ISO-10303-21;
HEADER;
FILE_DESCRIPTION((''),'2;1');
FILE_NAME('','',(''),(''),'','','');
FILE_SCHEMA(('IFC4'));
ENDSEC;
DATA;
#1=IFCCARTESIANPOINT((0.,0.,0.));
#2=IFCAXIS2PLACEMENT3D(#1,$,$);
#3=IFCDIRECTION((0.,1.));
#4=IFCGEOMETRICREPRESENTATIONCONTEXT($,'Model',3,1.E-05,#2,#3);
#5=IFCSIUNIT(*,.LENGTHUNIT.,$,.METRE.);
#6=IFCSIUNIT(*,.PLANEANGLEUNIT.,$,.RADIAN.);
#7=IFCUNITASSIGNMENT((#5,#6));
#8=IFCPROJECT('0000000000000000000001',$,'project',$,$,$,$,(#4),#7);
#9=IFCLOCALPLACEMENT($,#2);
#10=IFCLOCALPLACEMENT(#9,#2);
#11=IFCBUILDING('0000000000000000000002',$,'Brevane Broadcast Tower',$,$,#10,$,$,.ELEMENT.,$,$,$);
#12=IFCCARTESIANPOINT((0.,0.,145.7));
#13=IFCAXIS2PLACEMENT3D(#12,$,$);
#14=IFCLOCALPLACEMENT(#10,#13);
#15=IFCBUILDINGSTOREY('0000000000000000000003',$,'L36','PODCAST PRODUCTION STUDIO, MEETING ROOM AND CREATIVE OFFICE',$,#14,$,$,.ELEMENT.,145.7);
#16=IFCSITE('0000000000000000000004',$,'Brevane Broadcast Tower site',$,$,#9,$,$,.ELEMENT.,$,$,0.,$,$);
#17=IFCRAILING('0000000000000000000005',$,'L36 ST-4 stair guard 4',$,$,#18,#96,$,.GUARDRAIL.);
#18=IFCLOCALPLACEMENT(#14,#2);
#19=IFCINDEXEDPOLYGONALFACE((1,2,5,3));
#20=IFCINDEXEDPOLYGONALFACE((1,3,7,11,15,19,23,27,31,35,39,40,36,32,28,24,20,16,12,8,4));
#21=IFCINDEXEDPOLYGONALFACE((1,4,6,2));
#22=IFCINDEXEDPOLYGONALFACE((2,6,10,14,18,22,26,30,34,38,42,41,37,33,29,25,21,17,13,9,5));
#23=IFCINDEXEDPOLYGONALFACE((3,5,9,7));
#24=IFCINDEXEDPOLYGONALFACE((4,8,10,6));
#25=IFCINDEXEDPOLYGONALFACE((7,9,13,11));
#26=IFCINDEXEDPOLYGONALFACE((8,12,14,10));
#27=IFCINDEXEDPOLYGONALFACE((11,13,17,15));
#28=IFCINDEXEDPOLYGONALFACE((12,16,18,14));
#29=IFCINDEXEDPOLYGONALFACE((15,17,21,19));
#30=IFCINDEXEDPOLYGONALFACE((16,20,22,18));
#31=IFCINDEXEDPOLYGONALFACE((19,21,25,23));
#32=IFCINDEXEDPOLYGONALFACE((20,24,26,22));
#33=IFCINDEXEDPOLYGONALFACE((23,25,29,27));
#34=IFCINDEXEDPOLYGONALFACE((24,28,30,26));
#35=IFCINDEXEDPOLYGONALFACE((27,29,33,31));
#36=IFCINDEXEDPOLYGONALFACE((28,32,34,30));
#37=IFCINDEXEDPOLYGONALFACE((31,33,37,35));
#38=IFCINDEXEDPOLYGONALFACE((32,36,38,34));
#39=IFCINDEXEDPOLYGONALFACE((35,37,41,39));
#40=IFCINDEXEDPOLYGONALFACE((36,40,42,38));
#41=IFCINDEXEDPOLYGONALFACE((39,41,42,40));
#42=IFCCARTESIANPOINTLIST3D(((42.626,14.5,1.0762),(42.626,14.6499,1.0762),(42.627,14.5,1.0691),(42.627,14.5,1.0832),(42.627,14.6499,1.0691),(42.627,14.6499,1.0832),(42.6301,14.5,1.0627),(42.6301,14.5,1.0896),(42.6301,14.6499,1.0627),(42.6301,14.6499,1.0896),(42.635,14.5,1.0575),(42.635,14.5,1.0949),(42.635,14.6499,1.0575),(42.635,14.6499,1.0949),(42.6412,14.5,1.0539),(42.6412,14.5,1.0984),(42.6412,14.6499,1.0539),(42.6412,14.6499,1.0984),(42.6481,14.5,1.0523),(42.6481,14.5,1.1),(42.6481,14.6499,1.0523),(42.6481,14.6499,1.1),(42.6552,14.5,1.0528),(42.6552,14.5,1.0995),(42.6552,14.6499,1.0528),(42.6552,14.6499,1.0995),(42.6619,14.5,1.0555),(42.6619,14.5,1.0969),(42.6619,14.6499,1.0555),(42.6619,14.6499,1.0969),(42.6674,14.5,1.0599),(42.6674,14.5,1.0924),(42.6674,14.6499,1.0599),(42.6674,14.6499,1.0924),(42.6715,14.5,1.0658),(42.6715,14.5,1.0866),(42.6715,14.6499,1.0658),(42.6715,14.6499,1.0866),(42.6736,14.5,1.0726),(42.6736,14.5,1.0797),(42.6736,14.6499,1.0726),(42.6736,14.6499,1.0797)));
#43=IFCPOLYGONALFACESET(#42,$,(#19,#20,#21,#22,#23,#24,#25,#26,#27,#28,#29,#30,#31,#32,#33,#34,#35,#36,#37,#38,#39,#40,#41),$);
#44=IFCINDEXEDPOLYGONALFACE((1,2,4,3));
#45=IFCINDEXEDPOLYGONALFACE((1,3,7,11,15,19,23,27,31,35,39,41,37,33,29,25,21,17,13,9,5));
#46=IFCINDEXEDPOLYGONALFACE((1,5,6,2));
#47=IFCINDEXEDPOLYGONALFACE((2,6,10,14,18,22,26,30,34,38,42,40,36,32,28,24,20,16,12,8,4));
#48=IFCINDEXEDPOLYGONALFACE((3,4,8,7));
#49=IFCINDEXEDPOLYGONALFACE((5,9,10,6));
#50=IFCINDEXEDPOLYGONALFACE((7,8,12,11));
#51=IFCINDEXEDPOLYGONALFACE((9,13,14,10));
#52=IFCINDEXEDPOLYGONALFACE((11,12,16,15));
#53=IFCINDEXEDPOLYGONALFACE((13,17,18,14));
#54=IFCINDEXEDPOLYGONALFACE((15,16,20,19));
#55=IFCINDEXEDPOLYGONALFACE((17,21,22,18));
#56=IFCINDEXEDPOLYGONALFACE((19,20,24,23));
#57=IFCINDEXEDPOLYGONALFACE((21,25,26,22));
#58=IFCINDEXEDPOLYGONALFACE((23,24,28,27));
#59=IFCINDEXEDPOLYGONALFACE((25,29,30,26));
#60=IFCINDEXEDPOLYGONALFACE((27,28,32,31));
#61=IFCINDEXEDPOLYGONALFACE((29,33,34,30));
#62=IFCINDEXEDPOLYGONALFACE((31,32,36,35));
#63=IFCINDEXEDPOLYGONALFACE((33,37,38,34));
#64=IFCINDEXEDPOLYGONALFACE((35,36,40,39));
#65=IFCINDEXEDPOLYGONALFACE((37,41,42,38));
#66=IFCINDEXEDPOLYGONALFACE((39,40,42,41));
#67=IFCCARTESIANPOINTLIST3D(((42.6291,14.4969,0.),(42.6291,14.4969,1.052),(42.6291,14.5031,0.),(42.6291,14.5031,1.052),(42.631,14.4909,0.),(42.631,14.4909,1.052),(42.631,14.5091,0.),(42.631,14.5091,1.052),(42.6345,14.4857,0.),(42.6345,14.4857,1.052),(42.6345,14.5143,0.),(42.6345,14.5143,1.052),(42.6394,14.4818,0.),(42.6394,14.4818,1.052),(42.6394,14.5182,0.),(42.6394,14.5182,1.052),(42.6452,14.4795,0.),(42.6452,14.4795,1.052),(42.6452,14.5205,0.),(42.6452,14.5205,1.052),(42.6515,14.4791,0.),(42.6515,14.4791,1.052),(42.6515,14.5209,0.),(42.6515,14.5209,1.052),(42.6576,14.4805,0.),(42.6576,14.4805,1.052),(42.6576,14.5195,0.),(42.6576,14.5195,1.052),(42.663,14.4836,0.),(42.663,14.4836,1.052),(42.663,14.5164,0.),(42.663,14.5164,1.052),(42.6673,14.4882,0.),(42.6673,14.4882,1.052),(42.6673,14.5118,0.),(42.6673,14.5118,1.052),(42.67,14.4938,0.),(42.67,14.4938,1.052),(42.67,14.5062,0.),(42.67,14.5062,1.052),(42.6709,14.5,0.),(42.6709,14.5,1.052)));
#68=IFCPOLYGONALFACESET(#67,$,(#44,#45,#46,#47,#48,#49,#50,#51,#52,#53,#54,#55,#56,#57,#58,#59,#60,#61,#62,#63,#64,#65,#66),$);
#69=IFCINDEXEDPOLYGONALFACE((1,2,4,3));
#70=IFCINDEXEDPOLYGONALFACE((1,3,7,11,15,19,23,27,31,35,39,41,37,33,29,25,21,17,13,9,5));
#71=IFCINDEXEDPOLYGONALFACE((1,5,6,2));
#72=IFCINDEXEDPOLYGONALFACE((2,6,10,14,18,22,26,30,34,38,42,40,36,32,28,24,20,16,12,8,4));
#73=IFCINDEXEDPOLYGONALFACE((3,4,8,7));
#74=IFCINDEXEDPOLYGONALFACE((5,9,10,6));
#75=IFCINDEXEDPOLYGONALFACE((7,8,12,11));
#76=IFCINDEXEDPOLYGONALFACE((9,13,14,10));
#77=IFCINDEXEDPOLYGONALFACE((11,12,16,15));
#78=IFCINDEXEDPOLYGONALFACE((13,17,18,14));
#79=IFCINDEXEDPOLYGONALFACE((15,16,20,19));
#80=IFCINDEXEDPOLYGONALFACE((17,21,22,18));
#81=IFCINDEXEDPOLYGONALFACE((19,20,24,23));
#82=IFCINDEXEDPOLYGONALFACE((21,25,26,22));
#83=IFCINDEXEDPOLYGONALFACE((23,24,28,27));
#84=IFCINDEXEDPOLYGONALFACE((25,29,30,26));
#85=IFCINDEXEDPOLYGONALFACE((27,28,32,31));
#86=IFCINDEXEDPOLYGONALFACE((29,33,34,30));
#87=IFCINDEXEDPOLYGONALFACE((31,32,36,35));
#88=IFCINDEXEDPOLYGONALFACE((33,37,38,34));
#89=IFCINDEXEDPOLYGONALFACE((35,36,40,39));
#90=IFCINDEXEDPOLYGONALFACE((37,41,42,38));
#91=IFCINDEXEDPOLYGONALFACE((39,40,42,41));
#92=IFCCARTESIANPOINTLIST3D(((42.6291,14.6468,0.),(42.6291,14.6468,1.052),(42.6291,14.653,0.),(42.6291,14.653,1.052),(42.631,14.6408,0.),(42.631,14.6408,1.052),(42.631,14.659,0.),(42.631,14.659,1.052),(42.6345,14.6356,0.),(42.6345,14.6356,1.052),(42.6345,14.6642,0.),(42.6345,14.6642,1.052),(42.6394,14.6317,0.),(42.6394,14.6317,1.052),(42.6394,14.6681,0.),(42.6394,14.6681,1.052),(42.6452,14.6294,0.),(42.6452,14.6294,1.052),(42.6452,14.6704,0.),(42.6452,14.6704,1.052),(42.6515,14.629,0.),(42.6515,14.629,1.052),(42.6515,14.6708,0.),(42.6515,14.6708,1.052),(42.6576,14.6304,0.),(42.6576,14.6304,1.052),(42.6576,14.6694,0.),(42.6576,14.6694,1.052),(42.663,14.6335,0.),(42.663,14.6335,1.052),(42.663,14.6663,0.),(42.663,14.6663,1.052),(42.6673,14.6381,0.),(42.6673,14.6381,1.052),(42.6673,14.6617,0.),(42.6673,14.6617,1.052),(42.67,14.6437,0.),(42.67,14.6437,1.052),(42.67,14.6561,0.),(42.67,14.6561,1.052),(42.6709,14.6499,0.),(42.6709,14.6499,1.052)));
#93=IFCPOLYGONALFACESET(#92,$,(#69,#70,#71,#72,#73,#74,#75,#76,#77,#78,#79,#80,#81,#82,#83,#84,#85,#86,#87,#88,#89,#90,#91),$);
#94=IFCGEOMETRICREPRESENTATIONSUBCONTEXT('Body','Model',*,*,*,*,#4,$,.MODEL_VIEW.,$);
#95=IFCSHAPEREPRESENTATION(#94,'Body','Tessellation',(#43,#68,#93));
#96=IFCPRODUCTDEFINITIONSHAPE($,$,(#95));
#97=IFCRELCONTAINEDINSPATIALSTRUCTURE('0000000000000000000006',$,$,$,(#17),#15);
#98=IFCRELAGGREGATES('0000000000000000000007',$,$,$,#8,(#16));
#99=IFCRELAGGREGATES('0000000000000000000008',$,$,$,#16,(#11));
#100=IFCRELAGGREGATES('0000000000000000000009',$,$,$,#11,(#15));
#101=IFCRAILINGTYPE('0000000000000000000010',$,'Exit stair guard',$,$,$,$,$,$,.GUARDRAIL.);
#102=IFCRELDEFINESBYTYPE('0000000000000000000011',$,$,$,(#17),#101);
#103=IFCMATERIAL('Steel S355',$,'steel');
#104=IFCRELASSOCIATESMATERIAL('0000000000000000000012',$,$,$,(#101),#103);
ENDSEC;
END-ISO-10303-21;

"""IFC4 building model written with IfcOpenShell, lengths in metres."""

from ifc_helpers import new_model, si_unit, direction, frame, origin, origin_2d, place, context, subcontext, project, spatial, circle, extrude, material, type_object, element, save


model = new_model("IFC4")

# Units and contexts
model_context = context("Model", 3, precision=1e-05, world=origin(), true_north=direction((0.0, 1.0)))
body_context = subcontext(model_context, "Body", "Model", "MODEL_VIEW")
ifc_project = project(units=[si_unit("LENGTHUNIT", "METRE"), si_unit("PLANEANGLEUNIT", "RADIAN")], contexts=[model_context])

# Site, building, storey
site_placement = place(None, origin())
site = spatial("IfcSite", under=ifc_project, at=site_placement, Name="Brevane Broadcast Tower site", CompositionType="ELEMENT", RefElevation=0.0)
building_placement = place(site_placement, origin())
building = spatial("IfcBuilding", under=site, at=building_placement, Name="Brevane Broadcast Tower", CompositionType="ELEMENT")
storey_placement = place(building_placement, frame((0.0, 0.0, 145.7)))
storey = spatial("IfcBuildingStorey", under=building, at=storey_placement, Name="L36", Description="PODCAST PRODUCTION STUDIO, MEETING ROOM AND CREATIVE OFFICE", CompositionType="ELEMENT", Elevation=145.7)

# Railing
ifc_material_1 = material(Name="Steel S355", Category="steel")
railing_type_1 = type_object("IfcRailingType", Name="Exit stair guard", PredefinedType="GUARDRAIL", material=ifc_material_1)
railing_1_placement = place(storey_placement, frame((42.6499, 14.5, 0.0)))
element("IfcRailing", 1, at=railing_1_placement, inside=storey, type_object=railing_type_1, Name="L36 ST-4 stair guard 4", PredefinedType="GUARDRAIL", context=body_context, shape_type="SweptSolid", body=[
    extrude(circle(Radius=0.0239, at=origin_2d()), frame((0.0, 0.0, 1.0762), z_axis=(0.0, 1.0, 0.0), x_axis=(-1.0, 0.0, 0.0)), (0.0, 0.0, 1.0), 0.1499),
    extrude(circle(Radius=0.021, at=origin_2d()), origin(), (0.0, 0.0, 1.0), 1.052),
    extrude(circle(Radius=0.021, at=origin_2d()), frame((0.0, 0.1499, 0.0)), (0.0, 0.0, 1.0), 1.052),
])

save(model, "model.ifc")
